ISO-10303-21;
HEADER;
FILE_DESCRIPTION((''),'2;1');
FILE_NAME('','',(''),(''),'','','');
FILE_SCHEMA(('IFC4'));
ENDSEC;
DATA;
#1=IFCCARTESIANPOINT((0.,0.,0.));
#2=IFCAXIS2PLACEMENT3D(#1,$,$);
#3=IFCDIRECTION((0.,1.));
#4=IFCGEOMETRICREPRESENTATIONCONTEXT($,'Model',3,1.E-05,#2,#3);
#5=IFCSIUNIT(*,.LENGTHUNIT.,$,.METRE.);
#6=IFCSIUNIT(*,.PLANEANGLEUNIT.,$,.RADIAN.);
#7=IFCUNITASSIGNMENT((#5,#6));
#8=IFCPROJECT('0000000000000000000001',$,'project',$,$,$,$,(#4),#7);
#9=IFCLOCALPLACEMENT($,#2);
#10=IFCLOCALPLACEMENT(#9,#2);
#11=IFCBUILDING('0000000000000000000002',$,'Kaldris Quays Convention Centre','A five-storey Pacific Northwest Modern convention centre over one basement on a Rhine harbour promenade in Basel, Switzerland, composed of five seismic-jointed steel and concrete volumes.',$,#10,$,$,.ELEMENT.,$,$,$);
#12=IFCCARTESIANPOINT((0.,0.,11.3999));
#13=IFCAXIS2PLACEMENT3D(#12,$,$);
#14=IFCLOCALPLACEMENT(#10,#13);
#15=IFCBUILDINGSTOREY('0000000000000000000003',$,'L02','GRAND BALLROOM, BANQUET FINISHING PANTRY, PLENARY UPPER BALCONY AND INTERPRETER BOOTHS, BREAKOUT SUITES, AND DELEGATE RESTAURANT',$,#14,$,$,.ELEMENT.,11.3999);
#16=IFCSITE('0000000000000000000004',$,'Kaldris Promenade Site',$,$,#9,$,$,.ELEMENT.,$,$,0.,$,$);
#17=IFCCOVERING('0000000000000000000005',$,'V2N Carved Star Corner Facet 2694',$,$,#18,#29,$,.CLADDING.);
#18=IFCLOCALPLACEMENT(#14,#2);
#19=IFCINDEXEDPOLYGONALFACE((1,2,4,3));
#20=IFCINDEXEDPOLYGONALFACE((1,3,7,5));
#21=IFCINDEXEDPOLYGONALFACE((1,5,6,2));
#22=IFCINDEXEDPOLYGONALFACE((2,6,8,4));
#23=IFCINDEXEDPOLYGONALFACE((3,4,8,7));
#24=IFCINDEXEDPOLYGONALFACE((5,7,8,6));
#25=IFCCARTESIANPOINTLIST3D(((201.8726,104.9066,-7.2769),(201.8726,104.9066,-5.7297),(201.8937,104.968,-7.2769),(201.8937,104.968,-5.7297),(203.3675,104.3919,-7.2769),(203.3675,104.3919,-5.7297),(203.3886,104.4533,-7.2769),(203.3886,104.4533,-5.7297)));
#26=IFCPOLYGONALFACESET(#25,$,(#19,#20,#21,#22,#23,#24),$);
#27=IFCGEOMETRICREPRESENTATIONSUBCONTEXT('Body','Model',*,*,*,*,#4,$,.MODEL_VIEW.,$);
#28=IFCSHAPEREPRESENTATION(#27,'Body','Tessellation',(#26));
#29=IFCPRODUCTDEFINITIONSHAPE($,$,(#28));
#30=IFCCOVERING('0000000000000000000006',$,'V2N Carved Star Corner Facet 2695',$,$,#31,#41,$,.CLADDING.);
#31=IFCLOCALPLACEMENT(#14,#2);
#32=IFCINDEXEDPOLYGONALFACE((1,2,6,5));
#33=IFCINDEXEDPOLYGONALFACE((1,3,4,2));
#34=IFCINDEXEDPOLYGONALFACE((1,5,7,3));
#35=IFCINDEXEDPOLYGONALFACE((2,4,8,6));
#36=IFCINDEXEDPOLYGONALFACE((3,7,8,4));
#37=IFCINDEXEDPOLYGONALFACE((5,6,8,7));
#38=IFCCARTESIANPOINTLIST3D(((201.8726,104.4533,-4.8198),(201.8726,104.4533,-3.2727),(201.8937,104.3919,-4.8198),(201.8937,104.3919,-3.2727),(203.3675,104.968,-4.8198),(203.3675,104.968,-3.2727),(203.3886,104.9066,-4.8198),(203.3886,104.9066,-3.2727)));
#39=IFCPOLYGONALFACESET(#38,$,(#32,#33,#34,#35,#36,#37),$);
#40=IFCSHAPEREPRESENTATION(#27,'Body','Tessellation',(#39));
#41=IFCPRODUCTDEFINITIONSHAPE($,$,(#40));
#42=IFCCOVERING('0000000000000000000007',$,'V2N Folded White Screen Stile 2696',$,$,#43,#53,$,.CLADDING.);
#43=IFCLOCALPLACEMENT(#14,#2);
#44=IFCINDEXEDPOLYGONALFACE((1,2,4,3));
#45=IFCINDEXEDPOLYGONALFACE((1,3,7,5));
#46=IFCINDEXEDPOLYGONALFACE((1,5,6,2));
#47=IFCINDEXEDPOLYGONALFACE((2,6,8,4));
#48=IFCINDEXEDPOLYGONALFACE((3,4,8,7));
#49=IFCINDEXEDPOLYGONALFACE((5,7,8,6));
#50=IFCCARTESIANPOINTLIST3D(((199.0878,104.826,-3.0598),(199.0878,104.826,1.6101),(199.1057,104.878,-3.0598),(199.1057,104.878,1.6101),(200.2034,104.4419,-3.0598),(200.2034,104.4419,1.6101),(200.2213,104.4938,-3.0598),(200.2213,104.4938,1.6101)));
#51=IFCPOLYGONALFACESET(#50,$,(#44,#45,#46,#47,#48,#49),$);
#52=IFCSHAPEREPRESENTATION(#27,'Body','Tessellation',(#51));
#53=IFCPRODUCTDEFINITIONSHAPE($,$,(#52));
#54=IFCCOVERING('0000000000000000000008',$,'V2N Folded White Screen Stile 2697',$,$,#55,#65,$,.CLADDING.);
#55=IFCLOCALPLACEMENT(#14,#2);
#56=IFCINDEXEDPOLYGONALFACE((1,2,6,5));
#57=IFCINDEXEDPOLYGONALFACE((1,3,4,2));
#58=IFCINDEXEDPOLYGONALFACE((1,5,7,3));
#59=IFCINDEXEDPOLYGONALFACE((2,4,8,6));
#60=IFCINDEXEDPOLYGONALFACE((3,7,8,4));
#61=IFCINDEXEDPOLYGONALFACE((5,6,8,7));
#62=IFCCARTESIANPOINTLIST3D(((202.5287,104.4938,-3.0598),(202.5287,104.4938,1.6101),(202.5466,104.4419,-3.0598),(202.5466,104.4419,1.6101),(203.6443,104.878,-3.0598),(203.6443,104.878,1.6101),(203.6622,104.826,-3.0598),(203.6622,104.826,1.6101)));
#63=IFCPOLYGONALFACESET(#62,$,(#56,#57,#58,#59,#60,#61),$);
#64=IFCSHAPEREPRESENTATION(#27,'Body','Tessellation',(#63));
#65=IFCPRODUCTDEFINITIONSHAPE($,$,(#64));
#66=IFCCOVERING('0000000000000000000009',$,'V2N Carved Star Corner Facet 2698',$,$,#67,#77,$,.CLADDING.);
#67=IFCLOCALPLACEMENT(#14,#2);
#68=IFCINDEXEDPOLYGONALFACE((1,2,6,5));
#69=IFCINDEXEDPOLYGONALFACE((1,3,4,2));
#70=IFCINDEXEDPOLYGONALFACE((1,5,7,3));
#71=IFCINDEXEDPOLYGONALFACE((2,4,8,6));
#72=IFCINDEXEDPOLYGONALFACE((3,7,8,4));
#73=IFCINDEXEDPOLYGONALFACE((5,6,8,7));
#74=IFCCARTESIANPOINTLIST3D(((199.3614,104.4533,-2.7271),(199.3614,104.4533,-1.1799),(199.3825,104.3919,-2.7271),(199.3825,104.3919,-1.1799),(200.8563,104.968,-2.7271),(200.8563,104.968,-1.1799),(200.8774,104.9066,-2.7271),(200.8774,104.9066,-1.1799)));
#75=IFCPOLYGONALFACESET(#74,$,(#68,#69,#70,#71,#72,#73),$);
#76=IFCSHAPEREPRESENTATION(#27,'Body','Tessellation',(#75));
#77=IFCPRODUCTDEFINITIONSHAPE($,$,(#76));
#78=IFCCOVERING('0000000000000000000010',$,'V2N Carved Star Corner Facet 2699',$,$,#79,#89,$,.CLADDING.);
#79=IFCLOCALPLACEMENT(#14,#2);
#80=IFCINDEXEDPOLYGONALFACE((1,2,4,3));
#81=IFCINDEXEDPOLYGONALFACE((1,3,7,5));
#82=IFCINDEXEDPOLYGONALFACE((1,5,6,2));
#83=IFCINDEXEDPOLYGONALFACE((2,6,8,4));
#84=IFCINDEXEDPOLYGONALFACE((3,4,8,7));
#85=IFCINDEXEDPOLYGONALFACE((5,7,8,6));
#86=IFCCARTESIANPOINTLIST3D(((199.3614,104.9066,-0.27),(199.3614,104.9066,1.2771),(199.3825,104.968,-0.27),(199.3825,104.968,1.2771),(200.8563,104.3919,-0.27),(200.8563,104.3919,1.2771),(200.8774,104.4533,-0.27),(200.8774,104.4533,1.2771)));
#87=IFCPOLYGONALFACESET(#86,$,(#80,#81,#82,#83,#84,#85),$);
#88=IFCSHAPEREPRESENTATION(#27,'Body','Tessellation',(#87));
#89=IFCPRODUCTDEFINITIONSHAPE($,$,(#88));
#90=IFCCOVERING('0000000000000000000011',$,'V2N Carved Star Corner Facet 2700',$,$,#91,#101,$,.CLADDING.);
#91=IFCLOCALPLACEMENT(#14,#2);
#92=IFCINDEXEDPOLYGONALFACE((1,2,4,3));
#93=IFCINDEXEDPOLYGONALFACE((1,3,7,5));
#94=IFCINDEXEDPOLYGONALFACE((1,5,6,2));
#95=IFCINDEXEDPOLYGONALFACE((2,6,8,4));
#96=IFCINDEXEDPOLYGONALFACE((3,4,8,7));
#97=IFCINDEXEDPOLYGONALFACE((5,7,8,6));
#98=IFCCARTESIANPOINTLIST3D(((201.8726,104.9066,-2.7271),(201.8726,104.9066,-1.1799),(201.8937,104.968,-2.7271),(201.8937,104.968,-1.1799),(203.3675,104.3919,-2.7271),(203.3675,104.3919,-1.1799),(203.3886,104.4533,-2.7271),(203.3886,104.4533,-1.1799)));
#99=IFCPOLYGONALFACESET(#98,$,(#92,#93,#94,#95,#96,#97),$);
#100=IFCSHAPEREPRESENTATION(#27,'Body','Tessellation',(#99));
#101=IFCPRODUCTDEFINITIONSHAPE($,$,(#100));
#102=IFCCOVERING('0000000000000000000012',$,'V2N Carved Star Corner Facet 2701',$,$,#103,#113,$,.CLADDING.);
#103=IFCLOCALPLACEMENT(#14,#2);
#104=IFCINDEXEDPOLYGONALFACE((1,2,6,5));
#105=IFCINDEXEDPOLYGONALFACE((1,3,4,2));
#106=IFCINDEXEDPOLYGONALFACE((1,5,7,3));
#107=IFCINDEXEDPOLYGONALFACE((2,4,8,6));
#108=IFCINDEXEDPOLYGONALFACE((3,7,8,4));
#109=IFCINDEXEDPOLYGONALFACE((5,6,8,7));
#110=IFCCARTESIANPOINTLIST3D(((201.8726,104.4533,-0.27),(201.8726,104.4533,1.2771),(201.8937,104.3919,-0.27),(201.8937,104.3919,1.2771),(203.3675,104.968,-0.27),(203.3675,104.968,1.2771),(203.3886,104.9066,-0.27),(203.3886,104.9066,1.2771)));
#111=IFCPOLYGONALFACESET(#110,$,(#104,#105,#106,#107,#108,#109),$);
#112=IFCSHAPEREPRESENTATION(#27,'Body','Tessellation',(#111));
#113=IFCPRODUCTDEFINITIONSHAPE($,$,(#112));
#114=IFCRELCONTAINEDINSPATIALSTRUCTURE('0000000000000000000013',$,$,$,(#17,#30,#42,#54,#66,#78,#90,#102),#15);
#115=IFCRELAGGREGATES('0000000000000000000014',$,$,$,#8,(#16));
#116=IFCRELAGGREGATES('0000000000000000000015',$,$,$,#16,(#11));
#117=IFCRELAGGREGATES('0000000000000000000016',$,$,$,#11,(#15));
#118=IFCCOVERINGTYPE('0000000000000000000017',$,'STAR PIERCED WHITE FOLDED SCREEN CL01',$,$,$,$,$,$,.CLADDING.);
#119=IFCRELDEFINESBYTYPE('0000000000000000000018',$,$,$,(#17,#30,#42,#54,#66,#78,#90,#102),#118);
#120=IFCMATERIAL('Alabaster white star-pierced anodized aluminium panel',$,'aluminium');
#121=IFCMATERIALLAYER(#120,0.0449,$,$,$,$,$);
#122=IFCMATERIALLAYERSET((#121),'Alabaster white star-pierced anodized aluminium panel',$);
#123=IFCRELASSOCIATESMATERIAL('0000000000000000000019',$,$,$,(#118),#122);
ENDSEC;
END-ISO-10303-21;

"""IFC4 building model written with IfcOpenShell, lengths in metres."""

from ifc_helpers import new_model, si_unit, direction, frame, origin, origin_2d, place, context, subcontext, project, spatial, rectangle, extrude, material, layer, layer_set, type_object, element, save


model = new_model("IFC4")

# Units and contexts
model_context = context("Model", 3, precision=1e-05, world=origin(), true_north=direction((0.0, 1.0)))
body_context = subcontext(model_context, "Body", "Model", "MODEL_VIEW")
ifc_project = project(units=[si_unit("LENGTHUNIT", "METRE"), si_unit("PLANEANGLEUNIT", "RADIAN")], contexts=[model_context])

# Site, building, storey
site_placement = place(None, origin())
site = spatial("IfcSite", under=ifc_project, at=site_placement, Name="Kaldris Promenade Site", CompositionType="ELEMENT", RefElevation=0.0)
building_placement = place(site_placement, origin())
building = spatial("IfcBuilding", under=site, at=building_placement, Name="Kaldris Quays Convention Centre", Description="A five-storey Pacific Northwest Modern convention centre over one basement on a Rhine harbour promenade in Basel, Switzerland, composed of five seismic-jointed steel and concrete volumes.", CompositionType="ELEMENT")
storey_placement = place(building_placement, frame((0.0, 0.0, 11.3999)))
storey = spatial("IfcBuildingStorey", under=building, at=storey_placement, Name="L02", Description="GRAND BALLROOM, BANQUET FINISHING PANTRY, PLENARY UPPER BALCONY AND INTERPRETER BOOTHS, BREAKOUT SUITES, AND DELEGATE RESTAURANT", CompositionType="ELEMENT", Elevation=11.3999)

# Coverings
ifc_material_1 = material(Name="Alabaster white star-pierced anodized aluminium panel", Category="aluminium")
ifc_layer = layer(ifc_material_1, 0.0449)
ifc_layer_set = layer_set([ifc_layer], Name="Alabaster white star-pierced anodized aluminium panel")
covering_type = type_object("IfcCoveringType", Name="STAR PIERCED WHITE FOLDED SCREEN CL01", PredefinedType="CLADDING", material=ifc_layer_set)
for number, where, z_axis, x_axis, name in (
    (1, (202.6306, 104.6799, -7.2769), (0.0, 0.0, 1.0), (0.945519, -0.325568, 0.0), "V2N Carved Star Corner Facet 2694"),
    (2, (202.6306, 104.6799, -4.8198), (0.0, 0.0, 1.0), (0.945519, 0.325568, 0.0), "V2N Carved Star Corner Facet 2695"),
):
    element("IfcCovering", number, at=place(storey_placement, frame(where, z_axis=z_axis, x_axis=x_axis)), inside=storey, type_object=covering_type, Name=name, PredefinedType="CLADDING", context=body_context, shape_type="SweptSolid", body=[
        extrude(rectangle(XDim=1.5811, YDim=0.0649, at=origin_2d()), origin(), (0.0, 0.0, 1.0), 1.5471),
    ])
for number, where, z_axis, x_axis, name in (
    (3, (199.6545, 104.6599, -3.0598), (0.0, 0.0, 1.0), (0.945519, -0.325568, 0.0), "V2N Folded White Screen Stile 2696"),
    (4, (203.0955, 104.6599, -3.0598), (0.0, 0.0, 1.0), (0.945519, 0.325568, 0.0), "V2N Folded White Screen Stile 2697"),
):
    element("IfcCovering", number, at=place(storey_placement, frame(where, z_axis=z_axis, x_axis=x_axis)), inside=storey, type_object=covering_type, Name=name, PredefinedType="CLADDING", context=body_context, shape_type="SweptSolid", body=[
        extrude(rectangle(XDim=1.1799, YDim=0.0549, at=origin_2d()), origin(), (0.0, 0.0, 1.0), 4.6699),
    ])
for number, where, z_axis, x_axis, name in (
    (5, (200.1194, 104.6799, -2.7271), (0.0, 0.0, 1.0), (0.945519, 0.325568, 0.0), "V2N Carved Star Corner Facet 2698"),
    (6, (200.1194, 104.6799, -0.27), (0.0, 0.0, 1.0), (0.945519, -0.325568, 0.0), "V2N Carved Star Corner Facet 2699"),
    (7, (202.6306, 104.6799, -2.7271), (0.0, 0.0, 1.0), (0.945519, -0.325568, 0.0), "V2N Carved Star Corner Facet 2700"),
    (8, (202.6306, 104.6799, -0.27), (0.0, 0.0, 1.0), (0.945519, 0.325568, 0.0), "V2N Carved Star Corner Facet 2701"),
):
    element("IfcCovering", number, at=place(storey_placement, frame(where, z_axis=z_axis, x_axis=x_axis)), inside=storey, type_object=covering_type, Name=name, PredefinedType="CLADDING", context=body_context, shape_type="SweptSolid", body=[
        extrude(rectangle(XDim=1.5811, YDim=0.0649, at=origin_2d()), origin(), (0.0, 0.0, 1.0), 1.5471),
    ])

save(model, "model.ifc")
